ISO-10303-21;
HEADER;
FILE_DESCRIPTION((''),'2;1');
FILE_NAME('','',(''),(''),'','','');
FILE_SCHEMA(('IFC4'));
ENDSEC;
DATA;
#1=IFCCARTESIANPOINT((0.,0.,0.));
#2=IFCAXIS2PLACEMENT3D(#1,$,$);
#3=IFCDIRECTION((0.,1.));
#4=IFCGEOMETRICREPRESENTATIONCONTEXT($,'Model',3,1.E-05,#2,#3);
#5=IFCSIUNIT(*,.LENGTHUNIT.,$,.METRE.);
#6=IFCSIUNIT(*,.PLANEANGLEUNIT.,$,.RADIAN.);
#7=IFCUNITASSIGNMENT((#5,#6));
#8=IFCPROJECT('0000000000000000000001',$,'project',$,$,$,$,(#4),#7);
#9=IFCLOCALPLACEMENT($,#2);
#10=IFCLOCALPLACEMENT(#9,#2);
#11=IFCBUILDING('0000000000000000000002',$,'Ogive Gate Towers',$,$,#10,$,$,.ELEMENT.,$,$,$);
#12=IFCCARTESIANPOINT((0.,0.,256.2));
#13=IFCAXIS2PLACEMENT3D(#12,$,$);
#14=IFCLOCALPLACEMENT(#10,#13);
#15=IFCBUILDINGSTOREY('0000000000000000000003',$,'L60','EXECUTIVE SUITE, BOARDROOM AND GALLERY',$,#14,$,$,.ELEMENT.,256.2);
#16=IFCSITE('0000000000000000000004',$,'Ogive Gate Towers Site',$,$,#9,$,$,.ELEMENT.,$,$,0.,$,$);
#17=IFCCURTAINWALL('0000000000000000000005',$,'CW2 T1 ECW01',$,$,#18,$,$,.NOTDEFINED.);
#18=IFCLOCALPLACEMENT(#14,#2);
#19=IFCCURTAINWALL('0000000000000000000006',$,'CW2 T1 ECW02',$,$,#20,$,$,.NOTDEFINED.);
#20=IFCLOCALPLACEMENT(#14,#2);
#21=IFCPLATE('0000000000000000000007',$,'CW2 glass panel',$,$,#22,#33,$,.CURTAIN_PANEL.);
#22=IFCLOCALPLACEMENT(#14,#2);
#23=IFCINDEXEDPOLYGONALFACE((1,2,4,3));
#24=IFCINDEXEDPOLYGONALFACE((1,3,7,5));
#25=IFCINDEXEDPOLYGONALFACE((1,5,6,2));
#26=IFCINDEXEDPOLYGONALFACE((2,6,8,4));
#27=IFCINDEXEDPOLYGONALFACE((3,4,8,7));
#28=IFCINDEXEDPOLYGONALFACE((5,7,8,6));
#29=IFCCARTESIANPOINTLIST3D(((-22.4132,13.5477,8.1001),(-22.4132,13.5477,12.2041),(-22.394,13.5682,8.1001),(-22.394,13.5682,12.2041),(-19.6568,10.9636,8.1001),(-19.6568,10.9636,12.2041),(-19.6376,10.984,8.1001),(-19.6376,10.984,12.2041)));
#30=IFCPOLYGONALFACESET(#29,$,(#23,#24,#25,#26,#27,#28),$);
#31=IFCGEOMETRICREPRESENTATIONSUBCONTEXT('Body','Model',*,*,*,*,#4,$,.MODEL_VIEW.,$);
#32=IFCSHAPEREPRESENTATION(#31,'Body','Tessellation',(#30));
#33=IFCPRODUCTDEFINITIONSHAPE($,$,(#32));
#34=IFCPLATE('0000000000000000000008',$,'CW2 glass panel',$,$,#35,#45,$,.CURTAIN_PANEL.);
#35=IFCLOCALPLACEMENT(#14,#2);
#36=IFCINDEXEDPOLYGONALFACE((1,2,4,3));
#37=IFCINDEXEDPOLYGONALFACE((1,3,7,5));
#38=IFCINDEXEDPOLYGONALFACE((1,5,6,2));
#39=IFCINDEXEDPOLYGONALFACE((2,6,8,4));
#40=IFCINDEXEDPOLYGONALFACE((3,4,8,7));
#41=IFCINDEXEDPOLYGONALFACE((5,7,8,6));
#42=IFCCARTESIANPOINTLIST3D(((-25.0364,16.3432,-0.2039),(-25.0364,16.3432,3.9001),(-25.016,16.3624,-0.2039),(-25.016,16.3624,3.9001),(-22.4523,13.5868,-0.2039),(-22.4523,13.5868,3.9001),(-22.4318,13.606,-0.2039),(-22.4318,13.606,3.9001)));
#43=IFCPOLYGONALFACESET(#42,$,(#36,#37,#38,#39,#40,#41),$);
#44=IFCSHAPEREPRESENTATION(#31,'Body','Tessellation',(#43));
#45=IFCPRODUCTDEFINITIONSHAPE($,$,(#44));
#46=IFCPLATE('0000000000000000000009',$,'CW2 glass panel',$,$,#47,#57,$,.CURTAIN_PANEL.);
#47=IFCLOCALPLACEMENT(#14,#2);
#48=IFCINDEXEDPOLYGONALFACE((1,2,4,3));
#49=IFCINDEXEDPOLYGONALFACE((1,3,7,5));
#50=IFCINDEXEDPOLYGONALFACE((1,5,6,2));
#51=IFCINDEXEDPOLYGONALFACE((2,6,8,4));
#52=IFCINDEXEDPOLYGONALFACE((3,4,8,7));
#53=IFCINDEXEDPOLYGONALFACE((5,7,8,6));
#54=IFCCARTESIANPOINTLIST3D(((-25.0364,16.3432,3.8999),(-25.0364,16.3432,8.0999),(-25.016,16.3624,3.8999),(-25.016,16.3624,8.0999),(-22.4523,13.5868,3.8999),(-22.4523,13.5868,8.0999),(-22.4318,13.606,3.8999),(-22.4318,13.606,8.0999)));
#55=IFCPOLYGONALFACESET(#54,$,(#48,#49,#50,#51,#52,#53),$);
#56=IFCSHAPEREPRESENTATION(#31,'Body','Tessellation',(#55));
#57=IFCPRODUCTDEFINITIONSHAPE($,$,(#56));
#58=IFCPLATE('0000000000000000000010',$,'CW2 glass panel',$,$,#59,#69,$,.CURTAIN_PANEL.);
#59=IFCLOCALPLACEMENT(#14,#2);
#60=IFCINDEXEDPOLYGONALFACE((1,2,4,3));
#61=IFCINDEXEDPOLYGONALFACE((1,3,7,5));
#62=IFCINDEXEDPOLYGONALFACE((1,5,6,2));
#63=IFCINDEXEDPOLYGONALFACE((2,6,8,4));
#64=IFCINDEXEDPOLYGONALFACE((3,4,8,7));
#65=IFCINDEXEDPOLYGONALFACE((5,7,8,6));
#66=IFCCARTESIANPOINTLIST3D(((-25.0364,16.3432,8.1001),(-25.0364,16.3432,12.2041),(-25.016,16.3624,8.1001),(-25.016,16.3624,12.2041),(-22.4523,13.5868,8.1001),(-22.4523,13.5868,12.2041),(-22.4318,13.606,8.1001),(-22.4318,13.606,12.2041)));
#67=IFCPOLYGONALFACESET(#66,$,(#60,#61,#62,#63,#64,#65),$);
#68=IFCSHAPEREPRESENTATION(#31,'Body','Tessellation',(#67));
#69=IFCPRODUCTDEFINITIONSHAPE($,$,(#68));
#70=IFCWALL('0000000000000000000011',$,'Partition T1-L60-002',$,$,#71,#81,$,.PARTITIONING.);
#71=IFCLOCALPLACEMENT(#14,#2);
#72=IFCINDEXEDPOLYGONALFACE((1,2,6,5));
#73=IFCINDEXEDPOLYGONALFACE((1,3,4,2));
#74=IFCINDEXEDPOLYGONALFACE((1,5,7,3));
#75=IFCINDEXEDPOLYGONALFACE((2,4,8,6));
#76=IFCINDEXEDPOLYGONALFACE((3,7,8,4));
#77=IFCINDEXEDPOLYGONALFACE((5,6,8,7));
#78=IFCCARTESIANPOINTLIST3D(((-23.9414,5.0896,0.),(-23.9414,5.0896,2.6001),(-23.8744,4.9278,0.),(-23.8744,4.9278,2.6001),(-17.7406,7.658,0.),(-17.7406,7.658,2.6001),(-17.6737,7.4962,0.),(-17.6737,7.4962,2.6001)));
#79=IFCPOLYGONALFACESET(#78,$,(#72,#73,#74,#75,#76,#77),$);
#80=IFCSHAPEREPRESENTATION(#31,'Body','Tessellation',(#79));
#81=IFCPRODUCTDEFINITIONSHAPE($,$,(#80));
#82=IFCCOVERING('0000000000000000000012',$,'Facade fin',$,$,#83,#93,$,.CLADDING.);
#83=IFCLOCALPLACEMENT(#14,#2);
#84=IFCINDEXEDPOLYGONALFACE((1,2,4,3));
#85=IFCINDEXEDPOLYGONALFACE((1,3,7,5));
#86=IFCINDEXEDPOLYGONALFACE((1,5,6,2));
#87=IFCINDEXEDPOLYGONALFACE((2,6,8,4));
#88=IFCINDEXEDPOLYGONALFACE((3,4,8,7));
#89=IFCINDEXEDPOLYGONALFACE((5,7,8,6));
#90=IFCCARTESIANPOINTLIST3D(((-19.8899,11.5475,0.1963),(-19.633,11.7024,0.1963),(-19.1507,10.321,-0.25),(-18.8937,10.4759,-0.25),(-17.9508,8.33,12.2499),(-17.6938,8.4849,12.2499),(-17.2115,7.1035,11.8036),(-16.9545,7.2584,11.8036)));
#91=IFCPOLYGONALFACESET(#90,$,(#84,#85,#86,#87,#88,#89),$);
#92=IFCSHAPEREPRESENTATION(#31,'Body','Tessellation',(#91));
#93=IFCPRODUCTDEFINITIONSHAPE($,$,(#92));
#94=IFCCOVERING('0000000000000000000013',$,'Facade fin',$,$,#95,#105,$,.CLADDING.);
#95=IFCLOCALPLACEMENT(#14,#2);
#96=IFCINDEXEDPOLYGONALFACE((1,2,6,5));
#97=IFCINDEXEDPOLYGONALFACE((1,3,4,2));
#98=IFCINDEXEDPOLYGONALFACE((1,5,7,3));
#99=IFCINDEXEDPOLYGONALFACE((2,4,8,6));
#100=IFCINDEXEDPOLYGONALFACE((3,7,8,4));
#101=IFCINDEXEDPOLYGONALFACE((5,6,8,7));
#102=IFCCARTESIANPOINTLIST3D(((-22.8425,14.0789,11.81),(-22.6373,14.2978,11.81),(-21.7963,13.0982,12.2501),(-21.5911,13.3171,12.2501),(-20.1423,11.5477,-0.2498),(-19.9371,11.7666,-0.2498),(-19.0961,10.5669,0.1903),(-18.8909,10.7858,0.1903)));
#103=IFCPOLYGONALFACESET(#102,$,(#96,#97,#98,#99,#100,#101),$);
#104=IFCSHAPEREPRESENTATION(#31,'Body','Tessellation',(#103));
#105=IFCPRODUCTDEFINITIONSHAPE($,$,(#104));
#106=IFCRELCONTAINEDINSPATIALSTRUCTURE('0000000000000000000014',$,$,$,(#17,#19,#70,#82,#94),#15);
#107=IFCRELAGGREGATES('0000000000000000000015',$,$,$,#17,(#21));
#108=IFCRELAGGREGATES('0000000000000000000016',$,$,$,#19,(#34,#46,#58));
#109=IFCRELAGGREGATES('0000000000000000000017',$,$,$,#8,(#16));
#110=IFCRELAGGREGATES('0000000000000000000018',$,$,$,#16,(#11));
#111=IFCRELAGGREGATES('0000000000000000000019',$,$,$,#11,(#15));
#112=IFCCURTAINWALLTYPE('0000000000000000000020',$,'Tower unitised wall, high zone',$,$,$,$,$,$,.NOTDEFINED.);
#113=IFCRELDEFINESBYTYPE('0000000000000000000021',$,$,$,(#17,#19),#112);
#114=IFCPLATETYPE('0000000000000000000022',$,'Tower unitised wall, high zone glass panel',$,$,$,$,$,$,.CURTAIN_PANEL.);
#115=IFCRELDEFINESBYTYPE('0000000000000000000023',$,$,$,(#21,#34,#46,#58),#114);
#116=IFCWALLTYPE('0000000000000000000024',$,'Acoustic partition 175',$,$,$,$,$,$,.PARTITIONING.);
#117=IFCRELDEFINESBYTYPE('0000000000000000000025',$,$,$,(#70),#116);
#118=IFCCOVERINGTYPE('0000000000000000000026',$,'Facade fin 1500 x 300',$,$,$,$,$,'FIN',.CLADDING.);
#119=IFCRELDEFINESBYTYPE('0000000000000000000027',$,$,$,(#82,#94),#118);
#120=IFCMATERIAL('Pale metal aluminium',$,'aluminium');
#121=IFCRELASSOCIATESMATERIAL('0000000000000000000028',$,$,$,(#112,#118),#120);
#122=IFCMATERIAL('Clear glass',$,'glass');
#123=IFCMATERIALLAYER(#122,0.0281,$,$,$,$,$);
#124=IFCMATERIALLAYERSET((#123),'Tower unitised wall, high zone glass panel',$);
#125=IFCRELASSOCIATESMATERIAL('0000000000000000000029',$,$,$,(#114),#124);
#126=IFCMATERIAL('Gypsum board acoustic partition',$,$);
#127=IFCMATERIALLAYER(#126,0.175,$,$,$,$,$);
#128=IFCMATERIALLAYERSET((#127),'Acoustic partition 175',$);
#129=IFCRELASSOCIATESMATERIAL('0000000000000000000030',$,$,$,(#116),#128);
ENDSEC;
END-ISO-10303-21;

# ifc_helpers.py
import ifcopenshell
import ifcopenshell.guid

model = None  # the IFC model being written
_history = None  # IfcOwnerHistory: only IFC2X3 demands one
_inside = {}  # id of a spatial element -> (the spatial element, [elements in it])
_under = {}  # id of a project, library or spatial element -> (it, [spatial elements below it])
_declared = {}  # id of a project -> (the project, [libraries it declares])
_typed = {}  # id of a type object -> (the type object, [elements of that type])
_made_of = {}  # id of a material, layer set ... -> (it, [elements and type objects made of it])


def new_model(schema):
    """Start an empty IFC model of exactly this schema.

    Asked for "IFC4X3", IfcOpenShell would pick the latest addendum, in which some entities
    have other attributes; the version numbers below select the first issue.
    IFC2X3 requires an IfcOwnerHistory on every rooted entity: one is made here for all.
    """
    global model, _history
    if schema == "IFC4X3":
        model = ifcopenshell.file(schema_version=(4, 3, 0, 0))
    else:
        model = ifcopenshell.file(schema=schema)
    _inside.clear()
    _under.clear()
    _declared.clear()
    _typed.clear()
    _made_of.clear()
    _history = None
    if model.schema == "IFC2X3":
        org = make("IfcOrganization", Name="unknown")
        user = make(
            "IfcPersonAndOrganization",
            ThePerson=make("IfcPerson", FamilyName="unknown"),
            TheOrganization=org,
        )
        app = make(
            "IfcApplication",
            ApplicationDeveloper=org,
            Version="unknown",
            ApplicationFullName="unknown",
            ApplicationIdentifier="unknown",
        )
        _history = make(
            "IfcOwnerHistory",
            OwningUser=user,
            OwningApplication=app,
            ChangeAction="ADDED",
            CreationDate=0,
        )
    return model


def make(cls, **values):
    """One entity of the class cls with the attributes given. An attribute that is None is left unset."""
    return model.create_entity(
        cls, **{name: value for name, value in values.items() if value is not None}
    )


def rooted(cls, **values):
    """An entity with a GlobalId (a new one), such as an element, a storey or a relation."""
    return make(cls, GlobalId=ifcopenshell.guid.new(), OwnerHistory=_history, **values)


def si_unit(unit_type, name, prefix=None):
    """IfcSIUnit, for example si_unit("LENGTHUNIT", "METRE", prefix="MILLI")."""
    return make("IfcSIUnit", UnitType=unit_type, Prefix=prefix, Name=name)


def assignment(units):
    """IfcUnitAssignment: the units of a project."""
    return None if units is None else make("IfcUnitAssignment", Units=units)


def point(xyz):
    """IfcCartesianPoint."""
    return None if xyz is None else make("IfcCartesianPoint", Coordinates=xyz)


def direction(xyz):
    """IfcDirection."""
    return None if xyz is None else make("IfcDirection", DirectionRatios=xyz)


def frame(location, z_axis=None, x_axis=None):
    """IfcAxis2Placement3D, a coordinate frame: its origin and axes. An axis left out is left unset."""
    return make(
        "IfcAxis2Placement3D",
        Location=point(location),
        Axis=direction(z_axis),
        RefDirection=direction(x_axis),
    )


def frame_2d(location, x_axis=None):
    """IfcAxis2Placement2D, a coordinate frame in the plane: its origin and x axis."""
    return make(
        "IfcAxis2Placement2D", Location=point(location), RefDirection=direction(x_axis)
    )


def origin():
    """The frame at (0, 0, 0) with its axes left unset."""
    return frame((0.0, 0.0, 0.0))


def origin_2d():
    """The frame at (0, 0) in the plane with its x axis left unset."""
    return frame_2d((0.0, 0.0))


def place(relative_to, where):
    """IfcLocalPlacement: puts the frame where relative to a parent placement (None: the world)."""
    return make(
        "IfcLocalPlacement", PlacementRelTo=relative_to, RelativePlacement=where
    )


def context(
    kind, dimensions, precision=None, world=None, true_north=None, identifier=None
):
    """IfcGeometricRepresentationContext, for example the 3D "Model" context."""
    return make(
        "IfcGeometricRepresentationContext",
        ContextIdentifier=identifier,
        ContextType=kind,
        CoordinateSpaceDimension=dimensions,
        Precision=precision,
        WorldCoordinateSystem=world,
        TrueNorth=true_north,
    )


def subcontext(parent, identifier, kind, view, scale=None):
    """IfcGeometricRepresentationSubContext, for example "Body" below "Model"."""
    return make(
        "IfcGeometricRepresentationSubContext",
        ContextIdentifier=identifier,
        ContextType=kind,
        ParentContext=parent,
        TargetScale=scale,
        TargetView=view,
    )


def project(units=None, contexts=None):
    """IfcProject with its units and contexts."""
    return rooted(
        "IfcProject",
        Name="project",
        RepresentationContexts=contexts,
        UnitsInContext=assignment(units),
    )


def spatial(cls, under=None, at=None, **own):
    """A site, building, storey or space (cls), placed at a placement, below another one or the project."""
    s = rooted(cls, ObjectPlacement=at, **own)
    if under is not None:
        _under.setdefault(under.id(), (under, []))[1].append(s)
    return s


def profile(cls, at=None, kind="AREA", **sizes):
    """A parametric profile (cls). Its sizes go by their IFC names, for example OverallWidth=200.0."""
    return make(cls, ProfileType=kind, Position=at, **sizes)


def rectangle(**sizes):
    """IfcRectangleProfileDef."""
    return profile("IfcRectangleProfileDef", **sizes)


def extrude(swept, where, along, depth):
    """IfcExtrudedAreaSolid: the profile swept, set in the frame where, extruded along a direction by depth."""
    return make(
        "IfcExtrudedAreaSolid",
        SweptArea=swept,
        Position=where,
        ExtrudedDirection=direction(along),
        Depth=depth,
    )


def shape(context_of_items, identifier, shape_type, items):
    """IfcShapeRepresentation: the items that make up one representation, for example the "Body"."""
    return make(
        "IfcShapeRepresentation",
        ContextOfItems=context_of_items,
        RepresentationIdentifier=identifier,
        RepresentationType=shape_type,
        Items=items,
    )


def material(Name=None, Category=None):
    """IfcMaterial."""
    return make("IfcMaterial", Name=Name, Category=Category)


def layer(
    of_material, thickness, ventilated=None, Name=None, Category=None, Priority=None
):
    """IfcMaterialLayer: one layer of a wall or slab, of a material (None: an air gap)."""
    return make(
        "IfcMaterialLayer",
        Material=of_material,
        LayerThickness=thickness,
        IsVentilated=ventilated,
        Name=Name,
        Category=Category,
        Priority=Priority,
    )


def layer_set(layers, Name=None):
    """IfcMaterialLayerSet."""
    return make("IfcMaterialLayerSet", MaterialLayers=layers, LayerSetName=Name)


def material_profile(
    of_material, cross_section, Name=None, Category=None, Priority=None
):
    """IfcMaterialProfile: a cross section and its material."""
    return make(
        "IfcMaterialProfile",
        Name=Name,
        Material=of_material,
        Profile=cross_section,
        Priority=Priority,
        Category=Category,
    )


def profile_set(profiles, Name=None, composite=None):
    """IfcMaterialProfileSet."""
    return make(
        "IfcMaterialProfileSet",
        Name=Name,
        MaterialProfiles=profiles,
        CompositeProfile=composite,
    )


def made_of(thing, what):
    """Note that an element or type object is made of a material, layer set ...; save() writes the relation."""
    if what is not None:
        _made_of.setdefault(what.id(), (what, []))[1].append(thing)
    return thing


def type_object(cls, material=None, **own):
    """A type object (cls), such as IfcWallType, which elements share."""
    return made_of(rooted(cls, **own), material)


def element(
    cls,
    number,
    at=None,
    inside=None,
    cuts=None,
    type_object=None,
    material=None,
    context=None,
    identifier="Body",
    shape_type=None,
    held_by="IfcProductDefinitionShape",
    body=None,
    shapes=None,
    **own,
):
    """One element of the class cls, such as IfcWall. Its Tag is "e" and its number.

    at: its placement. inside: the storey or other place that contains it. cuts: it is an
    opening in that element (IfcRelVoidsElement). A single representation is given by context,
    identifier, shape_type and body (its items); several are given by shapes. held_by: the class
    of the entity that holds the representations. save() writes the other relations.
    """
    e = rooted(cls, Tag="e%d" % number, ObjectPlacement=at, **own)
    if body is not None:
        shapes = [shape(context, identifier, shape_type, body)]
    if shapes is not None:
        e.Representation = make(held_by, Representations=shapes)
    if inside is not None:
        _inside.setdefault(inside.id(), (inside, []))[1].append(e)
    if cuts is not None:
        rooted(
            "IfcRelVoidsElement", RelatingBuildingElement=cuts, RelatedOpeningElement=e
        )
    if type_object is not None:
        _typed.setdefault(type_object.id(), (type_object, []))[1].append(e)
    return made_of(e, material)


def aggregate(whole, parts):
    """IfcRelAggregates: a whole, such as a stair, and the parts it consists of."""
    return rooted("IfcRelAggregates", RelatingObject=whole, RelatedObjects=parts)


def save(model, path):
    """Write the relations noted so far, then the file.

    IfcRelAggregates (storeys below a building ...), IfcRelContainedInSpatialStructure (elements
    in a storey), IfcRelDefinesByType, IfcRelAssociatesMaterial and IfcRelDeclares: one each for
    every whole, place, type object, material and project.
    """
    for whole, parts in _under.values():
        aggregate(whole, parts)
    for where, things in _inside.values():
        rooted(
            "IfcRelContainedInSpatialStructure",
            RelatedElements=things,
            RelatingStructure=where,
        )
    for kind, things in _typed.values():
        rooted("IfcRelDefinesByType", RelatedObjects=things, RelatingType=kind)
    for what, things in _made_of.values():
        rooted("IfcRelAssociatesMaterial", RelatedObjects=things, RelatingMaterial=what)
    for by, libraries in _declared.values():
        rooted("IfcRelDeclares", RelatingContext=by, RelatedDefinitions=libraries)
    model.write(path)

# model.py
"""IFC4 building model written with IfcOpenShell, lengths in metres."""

from ifc_helpers import new_model, si_unit, direction, frame, frame_2d, origin, origin_2d, place, context, subcontext, project, spatial, rectangle, extrude, material, layer, layer_set, material_profile, profile_set, type_object, element, aggregate, save


model = new_model("IFC4")

# Units and contexts
model_context = context("Model", 3, precision=1e-05, world=origin(), true_north=direction((0.0, 1.0)))
body_context = subcontext(model_context, "Body", "Model", "MODEL_VIEW")
ifc_project = project(units=[si_unit("LENGTHUNIT", "METRE"), si_unit("PLANEANGLEUNIT", "RADIAN")], contexts=[model_context])

# Site, building, storey
site_placement = place(None, origin())
site = spatial("IfcSite", under=ifc_project, at=site_placement, Name="Ogive Gate Towers Site", CompositionType="ELEMENT", RefElevation=0.0)
building_placement = place(site_placement, origin())
building = spatial("IfcBuilding", under=site, at=building_placement, Name="Ogive Gate Towers", CompositionType="ELEMENT")
storey_placement = place(building_placement, frame((0.0, 0.0, 256.2)))
storey = spatial("IfcBuildingStorey", under=building, at=storey_placement, Name="L60", Description="EXECUTIVE SUITE, BOARDROOM AND GALLERY", CompositionType="ELEMENT", Elevation=256.2)

# Curtain walls
ifc_material_1 = material(Name="Pale metal aluminium", Category="aluminium")
curtain_wall_type = type_object("IfcCurtainWallType", Name="Tower unitised wall, high zone", PredefinedType="NOTDEFINED", material=ifc_material_1)
curtain_wall_1_placement = place(storey_placement, origin())
curtain_wall_1 = element("IfcCurtainWall", 1, at=curtain_wall_1_placement, inside=storey, type_object=curtain_wall_type, Name="CW2 T1 ECW01", PredefinedType="NOTDEFINED")
curtain_wall_2_placement = place(storey_placement, origin())
curtain_wall_2 = element("IfcCurtainWall", 2, at=curtain_wall_2_placement, inside=storey, type_object=curtain_wall_type, Name="CW2 T1 ECW02", PredefinedType="NOTDEFINED")

# Plates
ifc_material_2 = material(Name="Clear glass", Category="glass")
ifc_layer_1 = layer(ifc_material_2, 0.0281)
ifc_layer_set_1 = layer_set([ifc_layer_1], Name="Tower unitised wall, high zone glass panel")
plate_type = type_object("IfcPlateType", Name="Tower unitised wall, high zone glass panel", PredefinedType="CURTAIN_PANEL", material=ifc_layer_set_1)
plate_1_placement = place(storey_placement, frame((-21.0254, 12.2659, 8.1001), z_axis=(0.0, 0.0, 1.0), x_axis=(-0.729542, 0.683936, 0.0)))
plate_1 = element("IfcPlate", 3, at=plate_1_placement, type_object=plate_type, Name="CW2 glass panel", PredefinedType="CURTAIN_PANEL", context=body_context, shape_type="SweptSolid", body=[
    extrude(rectangle(XDim=3.7783, YDim=0.0281, at=origin_2d()), origin(), (0.0, 0.0, 1.0), 4.104),
])
aggregate(curtain_wall_1, [plate_1])
plate_2_placement = place(storey_placement, frame((-23.7341, 14.9746, -0.2039), z_axis=(0.0, 0.0, 1.0), x_axis=(-0.683936, 0.729542, 0.0)))
plate_2 = element("IfcPlate", 4, at=plate_2_placement, type_object=plate_type, Name="CW2 glass panel", PredefinedType="CURTAIN_PANEL", context=body_context, shape_type="SweptSolid", body=[
    extrude(rectangle(XDim=3.7783, YDim=0.0281, at=origin_2d()), origin(), (0.0, 0.0, 1.0), 4.104),
])
plate_3_placement = place(storey_placement, frame((-23.7341, 14.9746, 3.8999), z_axis=(0.0, 0.0, 1.0), x_axis=(-0.683936, 0.729542, 0.0)))
plate_3 = element("IfcPlate", 5, at=plate_3_placement, type_object=plate_type, Name="CW2 glass panel", PredefinedType="CURTAIN_PANEL", context=body_context, shape_type="SweptSolid", body=[
    extrude(rectangle(XDim=3.7783, YDim=0.0281, at=origin_2d()), origin(), (0.0, 0.0, 1.0), 4.2),
])
plate_4_placement = place(storey_placement, frame((-23.7341, 14.9746, 8.1001), z_axis=(0.0, 0.0, 1.0), x_axis=(-0.683936, 0.729542, 0.0)))
plate_4 = element("IfcPlate", 6, at=plate_4_placement, type_object=plate_type, Name="CW2 glass panel", PredefinedType="CURTAIN_PANEL", context=body_context, shape_type="SweptSolid", body=[
    extrude(rectangle(XDim=3.7783, YDim=0.0281, at=origin_2d()), origin(), (0.0, 0.0, 1.0), 4.104),
])
aggregate(curtain_wall_2, [plate_2, plate_3, plate_4])

# Wall
ifc_material_3 = material(Name="Gypsum board acoustic partition")
ifc_layer_2 = layer(ifc_material_3, 0.175)
ifc_layer_set_2 = layer_set([ifc_layer_2], Name="Acoustic partition 175")
wall_type = type_object("IfcWallType", Name="Acoustic partition 175", PredefinedType="PARTITIONING", material=ifc_layer_set_2)
wall_placement = place(storey_placement, frame((-17.707, 7.5771, 0.0), z_axis=(0.0, 0.0, 1.0), x_axis=(-0.923882, -0.382677, 0.0)))
element("IfcWall", 7, at=wall_placement, inside=storey, type_object=wall_type, Name="Partition T1-L60-002", PredefinedType="PARTITIONING", context=body_context, shape_type="SweptSolid", body=[
    extrude(rectangle(XDim=6.7117, YDim=0.175, at=frame_2d((3.356, 0.0))), origin(), (0.0, 0.0, 1.0), 2.6001),
])

# Coverings
ifc_material_profile_1 = material_profile(ifc_material_1, rectangle(XDim=0.3, YDim=1.5, at=origin_2d()), Name="1500 x 300 pale metal aluminium")
ifc_profile_set_1 = profile_set([ifc_material_profile_1], Name="Pale metal aluminium")
covering_type = type_object("IfcCoveringType", Name="Facade fin 1500 x 300", ElementType="FIN", PredefinedType="CLADDING", material=ifc_profile_set_1)
covering_1_placement = place(storey_placement, frame((-19.3918, 11.0117, -0.0269), z_axis=(0.153594, -0.254842, 0.954706), x_axis=(0.856471, 0.516196, 0.0)))
element("IfcCovering", 8, at=covering_1_placement, inside=storey, type_object=covering_type, Name="Facade fin", PredefinedType="CLADDING", context=body_context, shape_type="SweptSolid", body=[
    extrude(rectangle(XDim=0.3, YDim=1.5, at=origin_2d()), origin(), (0.0, 0.0, 1.0), 12.6255),
])
covering_2_placement = place(storey_placement, frame((-19.5166, 11.1667, -0.0298), z_axis=(-0.214047, 0.200654, 0.955993), x_axis=(-0.683915, -0.729562, 0.0)))
element("IfcCovering", 9, at=covering_2_placement, inside=storey, type_object=covering_type, Name="Facade fin", PredefinedType="CLADDING", context=body_context, shape_type="SweptSolid", body=[
    extrude(rectangle(XDim=0.3, YDim=1.5, at=origin_2d()), origin(), (0.0, 0.0, 1.0), 12.615),
])

save(model, "model.ifc")
